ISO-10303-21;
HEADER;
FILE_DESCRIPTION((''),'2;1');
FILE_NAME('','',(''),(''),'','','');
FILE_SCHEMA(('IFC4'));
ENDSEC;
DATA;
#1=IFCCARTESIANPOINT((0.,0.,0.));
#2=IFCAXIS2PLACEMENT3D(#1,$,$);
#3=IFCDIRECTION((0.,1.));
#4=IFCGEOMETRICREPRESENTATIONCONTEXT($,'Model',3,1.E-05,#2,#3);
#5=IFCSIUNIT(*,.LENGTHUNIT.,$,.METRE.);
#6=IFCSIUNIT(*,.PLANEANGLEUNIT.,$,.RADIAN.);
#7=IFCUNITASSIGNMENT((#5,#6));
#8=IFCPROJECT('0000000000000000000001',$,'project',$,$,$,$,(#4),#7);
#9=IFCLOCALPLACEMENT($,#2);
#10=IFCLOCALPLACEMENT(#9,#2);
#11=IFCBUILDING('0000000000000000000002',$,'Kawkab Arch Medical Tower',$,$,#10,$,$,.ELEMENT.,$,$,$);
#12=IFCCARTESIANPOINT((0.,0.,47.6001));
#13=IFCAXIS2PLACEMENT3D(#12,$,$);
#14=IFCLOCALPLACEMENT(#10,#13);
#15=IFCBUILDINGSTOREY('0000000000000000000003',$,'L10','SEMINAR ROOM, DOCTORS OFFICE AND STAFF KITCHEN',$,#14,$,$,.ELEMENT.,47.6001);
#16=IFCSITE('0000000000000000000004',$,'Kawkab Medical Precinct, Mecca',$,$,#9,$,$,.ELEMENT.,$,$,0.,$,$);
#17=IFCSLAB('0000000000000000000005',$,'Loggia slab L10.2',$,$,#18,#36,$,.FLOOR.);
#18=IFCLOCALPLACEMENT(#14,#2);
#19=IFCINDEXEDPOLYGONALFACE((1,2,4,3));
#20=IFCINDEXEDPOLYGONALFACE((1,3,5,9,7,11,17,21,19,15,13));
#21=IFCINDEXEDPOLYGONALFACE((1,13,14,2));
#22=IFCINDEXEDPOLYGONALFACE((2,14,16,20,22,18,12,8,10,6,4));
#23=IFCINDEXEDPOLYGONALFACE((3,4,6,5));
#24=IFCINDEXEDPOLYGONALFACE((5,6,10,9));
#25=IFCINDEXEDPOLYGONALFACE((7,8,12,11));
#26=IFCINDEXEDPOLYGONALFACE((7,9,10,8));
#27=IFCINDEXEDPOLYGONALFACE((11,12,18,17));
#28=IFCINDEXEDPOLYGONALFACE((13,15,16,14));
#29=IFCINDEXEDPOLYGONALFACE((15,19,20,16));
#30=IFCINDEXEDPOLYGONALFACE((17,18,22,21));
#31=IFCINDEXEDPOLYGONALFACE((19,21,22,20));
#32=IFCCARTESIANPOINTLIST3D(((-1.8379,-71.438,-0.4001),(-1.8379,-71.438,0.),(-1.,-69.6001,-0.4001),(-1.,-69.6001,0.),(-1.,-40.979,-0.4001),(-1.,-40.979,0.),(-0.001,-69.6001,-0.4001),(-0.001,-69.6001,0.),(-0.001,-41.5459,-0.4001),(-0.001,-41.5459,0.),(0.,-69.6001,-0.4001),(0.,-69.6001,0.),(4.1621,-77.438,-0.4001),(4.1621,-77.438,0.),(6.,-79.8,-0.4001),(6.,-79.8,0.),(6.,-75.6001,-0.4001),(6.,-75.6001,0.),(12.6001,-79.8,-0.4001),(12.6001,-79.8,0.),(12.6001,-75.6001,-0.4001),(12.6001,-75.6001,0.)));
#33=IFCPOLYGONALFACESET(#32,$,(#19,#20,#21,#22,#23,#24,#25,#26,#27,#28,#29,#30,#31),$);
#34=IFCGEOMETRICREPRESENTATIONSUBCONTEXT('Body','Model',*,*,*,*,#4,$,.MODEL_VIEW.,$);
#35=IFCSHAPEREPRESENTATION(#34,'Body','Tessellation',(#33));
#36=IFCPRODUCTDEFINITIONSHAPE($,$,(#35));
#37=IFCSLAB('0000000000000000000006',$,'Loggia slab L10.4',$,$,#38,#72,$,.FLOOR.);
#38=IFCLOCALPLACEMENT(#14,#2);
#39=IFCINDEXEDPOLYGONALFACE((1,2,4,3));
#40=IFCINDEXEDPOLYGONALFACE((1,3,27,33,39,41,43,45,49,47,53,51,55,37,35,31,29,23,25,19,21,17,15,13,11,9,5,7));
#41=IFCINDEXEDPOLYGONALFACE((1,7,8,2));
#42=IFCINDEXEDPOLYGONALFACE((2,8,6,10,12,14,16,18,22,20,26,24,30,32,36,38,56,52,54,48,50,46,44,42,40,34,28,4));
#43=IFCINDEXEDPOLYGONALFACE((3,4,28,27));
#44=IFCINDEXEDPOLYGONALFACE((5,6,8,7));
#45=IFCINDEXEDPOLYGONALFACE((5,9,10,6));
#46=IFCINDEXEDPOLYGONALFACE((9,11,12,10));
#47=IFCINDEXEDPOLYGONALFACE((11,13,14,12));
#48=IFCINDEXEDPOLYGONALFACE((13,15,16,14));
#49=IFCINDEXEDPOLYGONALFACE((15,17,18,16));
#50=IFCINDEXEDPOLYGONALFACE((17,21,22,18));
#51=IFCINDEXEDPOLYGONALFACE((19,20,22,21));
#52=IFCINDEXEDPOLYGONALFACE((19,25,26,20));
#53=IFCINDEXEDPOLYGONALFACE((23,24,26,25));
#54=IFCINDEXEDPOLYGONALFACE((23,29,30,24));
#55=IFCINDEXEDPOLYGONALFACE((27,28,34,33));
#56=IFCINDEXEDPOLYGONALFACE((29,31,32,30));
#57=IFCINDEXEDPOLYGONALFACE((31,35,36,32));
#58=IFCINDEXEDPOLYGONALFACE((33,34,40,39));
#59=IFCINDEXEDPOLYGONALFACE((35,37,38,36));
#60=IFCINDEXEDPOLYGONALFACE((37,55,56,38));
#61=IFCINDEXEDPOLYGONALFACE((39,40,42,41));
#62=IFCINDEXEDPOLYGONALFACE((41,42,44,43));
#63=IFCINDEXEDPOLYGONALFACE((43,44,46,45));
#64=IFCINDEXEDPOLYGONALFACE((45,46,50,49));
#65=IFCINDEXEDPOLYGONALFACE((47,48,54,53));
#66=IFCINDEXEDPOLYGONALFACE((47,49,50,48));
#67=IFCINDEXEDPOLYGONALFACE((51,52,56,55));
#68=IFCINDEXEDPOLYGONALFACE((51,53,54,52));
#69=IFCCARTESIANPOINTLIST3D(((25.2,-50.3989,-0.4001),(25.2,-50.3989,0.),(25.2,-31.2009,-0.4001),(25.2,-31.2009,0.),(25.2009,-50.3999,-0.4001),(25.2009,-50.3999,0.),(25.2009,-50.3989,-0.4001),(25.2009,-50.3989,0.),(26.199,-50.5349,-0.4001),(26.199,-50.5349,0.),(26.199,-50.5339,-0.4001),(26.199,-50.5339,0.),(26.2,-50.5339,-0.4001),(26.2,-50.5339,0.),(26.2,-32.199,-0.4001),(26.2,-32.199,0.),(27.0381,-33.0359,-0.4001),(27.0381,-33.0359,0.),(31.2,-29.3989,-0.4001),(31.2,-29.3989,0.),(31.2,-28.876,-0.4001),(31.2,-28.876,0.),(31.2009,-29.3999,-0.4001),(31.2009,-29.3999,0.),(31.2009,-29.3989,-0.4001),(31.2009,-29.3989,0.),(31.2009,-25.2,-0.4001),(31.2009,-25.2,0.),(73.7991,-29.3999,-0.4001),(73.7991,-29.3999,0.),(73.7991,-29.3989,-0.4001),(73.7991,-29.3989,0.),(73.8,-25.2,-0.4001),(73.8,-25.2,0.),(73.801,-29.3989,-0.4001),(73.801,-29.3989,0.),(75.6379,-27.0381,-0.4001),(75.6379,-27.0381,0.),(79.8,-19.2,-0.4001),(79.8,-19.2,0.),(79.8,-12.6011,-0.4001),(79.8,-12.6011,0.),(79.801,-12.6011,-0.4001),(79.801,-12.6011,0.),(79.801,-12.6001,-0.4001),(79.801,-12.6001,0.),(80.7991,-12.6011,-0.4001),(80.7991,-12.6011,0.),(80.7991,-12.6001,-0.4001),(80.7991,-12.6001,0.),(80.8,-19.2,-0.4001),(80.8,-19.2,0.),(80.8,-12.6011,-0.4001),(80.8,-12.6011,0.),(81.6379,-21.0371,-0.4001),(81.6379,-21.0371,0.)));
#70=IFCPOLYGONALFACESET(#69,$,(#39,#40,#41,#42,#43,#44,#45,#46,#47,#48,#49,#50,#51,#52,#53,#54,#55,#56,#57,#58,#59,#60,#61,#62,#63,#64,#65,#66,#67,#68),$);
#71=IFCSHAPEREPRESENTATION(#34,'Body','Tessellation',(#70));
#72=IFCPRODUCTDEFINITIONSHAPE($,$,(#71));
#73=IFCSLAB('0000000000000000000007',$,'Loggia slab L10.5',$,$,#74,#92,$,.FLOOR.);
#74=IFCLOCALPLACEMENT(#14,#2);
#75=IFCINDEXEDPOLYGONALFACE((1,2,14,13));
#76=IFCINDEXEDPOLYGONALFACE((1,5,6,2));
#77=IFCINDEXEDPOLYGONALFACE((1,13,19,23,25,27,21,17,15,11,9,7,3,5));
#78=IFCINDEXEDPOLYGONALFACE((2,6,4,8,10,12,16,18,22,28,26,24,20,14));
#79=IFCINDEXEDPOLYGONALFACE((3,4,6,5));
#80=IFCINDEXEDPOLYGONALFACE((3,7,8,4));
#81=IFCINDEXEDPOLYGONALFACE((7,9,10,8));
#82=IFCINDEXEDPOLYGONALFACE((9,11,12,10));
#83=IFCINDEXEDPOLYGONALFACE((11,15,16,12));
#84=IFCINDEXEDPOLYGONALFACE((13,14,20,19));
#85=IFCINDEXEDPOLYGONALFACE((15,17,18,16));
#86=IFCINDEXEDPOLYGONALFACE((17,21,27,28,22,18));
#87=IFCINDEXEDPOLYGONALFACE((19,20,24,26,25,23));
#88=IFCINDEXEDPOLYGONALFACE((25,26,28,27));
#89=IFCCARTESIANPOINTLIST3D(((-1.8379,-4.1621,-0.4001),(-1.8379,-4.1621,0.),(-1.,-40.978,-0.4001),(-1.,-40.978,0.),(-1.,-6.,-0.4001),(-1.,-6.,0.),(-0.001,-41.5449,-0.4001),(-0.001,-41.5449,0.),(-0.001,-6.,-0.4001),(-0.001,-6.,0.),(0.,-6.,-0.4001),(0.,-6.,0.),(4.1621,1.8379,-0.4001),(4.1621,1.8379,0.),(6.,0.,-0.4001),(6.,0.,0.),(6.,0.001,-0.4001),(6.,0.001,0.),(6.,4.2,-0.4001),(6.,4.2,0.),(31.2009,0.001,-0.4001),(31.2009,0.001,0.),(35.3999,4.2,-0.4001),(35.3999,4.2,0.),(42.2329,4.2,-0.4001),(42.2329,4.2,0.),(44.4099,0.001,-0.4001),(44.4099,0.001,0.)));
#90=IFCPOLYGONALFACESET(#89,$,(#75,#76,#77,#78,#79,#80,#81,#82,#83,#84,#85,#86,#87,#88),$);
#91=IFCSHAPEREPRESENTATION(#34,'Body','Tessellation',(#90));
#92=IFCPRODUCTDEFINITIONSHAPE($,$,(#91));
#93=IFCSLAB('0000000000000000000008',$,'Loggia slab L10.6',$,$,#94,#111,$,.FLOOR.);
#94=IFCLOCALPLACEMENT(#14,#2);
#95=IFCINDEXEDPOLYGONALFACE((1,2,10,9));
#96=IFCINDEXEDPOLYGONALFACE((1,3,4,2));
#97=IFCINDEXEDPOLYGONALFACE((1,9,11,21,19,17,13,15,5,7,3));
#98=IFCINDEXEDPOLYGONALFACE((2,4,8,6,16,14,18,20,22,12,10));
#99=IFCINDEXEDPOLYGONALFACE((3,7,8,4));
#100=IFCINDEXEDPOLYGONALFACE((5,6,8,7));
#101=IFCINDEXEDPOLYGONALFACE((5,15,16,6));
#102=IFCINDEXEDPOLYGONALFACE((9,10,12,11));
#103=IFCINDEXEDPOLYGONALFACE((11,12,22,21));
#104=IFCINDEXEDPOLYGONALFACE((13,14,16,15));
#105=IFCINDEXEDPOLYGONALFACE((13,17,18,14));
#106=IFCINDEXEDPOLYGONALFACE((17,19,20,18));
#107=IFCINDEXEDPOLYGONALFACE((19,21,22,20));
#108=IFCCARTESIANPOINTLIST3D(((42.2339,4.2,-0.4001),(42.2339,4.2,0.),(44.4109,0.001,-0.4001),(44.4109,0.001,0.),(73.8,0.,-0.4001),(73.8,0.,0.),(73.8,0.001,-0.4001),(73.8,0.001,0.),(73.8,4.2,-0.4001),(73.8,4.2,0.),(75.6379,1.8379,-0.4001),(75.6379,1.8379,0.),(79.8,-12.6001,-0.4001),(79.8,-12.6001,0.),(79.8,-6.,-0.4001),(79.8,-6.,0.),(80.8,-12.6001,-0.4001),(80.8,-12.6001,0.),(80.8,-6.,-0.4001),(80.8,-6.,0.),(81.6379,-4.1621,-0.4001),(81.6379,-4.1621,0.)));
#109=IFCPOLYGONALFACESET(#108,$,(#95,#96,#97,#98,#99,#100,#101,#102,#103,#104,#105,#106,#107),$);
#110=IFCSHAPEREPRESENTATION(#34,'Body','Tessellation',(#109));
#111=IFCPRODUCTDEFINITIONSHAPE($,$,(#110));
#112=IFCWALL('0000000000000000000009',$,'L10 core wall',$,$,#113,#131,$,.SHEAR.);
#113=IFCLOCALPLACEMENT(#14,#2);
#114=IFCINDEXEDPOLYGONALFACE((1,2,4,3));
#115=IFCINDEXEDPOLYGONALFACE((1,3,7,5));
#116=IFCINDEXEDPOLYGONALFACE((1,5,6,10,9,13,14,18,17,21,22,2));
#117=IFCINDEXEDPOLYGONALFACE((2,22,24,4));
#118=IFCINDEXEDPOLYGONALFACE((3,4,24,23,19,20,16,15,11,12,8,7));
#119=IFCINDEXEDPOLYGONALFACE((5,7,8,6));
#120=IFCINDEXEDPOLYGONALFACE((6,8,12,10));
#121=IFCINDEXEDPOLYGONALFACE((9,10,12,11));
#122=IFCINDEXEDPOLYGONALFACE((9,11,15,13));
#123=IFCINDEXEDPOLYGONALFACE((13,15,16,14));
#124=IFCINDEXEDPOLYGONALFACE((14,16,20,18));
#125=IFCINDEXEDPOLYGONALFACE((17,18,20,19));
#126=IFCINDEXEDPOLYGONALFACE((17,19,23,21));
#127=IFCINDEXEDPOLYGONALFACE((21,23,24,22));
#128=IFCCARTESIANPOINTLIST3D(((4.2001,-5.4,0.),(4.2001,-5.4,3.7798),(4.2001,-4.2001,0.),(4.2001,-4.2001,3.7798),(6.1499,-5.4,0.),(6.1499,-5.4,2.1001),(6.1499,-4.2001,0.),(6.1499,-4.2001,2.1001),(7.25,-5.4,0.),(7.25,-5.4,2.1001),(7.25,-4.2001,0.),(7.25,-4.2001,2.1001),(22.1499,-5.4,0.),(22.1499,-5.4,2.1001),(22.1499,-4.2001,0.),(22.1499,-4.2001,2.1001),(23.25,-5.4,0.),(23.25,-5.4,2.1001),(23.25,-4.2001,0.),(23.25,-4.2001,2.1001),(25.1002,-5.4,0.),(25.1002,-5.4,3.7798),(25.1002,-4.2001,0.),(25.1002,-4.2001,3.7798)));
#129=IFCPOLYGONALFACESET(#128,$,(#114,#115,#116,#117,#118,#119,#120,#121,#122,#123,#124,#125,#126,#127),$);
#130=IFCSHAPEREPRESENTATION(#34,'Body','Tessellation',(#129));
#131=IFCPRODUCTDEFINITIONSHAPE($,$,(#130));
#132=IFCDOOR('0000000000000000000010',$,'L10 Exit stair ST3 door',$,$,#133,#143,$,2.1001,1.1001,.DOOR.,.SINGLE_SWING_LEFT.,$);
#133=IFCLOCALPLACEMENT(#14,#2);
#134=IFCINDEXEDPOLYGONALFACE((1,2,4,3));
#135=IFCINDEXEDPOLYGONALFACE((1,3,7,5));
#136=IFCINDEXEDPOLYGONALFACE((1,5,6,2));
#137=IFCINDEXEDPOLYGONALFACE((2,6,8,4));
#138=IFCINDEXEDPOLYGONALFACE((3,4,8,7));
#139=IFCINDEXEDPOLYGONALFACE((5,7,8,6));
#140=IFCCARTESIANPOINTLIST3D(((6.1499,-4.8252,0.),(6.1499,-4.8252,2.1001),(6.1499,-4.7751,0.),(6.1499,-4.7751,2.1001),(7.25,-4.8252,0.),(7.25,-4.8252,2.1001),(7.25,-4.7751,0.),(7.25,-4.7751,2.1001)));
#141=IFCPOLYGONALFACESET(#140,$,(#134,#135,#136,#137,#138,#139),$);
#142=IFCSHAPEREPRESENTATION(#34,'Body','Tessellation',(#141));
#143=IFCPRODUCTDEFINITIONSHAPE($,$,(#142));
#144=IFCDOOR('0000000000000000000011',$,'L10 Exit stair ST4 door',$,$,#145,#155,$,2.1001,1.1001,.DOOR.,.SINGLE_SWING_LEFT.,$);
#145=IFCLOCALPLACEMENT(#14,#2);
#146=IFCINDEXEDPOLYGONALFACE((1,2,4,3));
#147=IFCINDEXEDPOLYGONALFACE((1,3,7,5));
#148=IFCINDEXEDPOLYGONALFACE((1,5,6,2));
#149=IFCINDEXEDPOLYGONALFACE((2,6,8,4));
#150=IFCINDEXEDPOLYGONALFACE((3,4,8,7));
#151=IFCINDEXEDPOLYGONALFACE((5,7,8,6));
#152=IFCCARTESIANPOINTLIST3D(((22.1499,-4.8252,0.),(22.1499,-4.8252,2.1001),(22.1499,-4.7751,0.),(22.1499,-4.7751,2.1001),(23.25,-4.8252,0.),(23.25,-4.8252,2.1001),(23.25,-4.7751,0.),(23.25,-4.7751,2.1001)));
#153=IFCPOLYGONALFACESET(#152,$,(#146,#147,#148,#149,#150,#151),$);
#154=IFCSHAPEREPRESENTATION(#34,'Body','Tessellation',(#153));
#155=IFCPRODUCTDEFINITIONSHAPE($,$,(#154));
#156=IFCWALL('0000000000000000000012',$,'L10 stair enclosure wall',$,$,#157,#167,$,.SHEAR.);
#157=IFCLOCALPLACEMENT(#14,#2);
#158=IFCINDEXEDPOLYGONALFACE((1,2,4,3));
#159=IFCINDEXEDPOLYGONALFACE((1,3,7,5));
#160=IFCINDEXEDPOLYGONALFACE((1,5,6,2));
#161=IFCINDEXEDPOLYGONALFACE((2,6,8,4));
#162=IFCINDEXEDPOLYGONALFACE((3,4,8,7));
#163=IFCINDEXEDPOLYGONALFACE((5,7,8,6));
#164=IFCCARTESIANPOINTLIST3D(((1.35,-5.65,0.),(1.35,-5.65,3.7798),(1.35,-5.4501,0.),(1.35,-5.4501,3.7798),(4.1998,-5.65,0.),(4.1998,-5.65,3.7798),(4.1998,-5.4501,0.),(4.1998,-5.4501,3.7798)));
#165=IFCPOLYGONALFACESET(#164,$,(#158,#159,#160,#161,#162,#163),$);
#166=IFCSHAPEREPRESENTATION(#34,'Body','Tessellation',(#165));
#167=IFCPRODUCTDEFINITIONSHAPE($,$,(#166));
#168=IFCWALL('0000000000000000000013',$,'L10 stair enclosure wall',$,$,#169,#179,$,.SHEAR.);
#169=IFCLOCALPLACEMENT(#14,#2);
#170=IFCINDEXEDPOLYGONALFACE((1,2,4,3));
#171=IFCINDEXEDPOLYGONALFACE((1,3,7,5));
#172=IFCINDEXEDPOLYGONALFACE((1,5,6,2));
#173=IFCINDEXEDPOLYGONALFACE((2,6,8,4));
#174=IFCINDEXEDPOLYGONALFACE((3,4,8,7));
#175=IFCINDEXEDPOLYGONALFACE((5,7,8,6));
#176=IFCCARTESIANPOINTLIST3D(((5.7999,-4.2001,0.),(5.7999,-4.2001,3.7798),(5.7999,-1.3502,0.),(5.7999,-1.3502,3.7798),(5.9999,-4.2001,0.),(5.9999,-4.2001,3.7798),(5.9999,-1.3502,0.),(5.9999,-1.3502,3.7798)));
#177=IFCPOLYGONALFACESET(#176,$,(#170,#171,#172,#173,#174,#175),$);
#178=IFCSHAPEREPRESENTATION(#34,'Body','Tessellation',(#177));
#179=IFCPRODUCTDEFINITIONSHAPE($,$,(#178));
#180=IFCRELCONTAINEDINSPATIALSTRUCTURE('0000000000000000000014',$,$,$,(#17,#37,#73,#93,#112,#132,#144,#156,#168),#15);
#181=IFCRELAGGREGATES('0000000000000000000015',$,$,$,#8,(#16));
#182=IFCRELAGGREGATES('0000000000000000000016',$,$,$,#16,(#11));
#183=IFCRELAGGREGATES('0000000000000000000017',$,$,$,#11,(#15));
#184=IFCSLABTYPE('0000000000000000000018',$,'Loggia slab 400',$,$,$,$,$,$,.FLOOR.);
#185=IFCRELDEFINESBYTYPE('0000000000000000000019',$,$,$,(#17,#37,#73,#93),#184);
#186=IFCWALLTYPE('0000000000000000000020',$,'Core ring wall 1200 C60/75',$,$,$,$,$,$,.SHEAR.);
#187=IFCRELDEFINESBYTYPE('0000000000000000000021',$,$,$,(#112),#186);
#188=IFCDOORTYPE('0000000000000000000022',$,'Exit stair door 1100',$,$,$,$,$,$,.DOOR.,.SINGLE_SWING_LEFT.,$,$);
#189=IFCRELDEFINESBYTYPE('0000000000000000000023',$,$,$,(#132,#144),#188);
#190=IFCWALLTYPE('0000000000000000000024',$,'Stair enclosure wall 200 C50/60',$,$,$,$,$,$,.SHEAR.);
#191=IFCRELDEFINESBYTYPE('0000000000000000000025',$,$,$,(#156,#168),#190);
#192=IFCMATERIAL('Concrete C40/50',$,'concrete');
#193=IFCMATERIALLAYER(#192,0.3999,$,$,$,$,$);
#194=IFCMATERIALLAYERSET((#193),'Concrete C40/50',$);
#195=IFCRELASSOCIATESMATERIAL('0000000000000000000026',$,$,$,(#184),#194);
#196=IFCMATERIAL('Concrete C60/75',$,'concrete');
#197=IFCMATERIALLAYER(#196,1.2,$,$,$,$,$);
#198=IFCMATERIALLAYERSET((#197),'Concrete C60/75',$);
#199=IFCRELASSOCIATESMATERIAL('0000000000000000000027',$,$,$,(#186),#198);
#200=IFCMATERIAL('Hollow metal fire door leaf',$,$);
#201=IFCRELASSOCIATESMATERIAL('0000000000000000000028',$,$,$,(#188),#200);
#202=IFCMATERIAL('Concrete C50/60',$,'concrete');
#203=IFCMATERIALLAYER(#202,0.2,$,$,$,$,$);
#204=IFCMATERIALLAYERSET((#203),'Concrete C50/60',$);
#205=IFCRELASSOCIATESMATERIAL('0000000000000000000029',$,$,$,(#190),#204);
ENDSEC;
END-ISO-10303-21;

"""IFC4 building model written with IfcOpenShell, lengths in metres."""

from ifc_helpers import new_model, si_unit, direction, frame, frame_2d, origin, place, context, subcontext, project, spatial, polyline, rectangle, outline, extrude, material, layer, layer_set, type_object, element, fill, save


model = new_model("IFC4")

# Units and contexts
model_context = context("Model", 3, precision=1e-05, world=origin(), true_north=direction((0.0, 1.0)))
body_context = subcontext(model_context, "Body", "Model", "MODEL_VIEW")
ifc_project = project(units=[si_unit("LENGTHUNIT", "METRE"), si_unit("PLANEANGLEUNIT", "RADIAN")], contexts=[model_context])

# Site, building, storey
site_placement = place(None, origin())
site = spatial("IfcSite", under=ifc_project, at=site_placement, Name="Kawkab Medical Precinct, Mecca", CompositionType="ELEMENT", RefElevation=0.0)
building_placement = place(site_placement, origin())
building = spatial("IfcBuilding", under=site, at=building_placement, Name="Kawkab Arch Medical Tower", CompositionType="ELEMENT")
storey_placement = place(building_placement, frame((0.0, 0.0, 47.6001)))
storey = spatial("IfcBuildingStorey", under=building, at=storey_placement, Name="L10", Description="SEMINAR ROOM, DOCTORS OFFICE AND STAFF KITCHEN", CompositionType="ELEMENT", Elevation=47.6001)

# Slabs
ifc_material_1 = material(Name="Concrete C40/50", Category="concrete")
ifc_layer_1 = layer(ifc_material_1, 0.3999)
ifc_layer_set_1 = layer_set([ifc_layer_1], Name="Concrete C40/50")
slab_type_1 = type_object("IfcSlabType", Name="Loggia slab 400", PredefinedType="FLOOR", material=ifc_layer_set_1)
placement_1 = place(storey_placement, frame((0.0, 0.0, -0.4001)))
element("IfcSlab", 1, at=placement_1, inside=storey, type_object=slab_type_1, Name="Loggia slab L10.2", PredefinedType="FLOOR", context=body_context, shape_type="SweptSolid", body=[
    extrude(outline(polyline([(4.1621, -77.438), (-1.8379, -71.438), (-1.0, -69.6001), (-1.0, -40.979), (-0.001, -41.5459), (-0.001, -69.6001), (0.0, -69.6001), (6.0, -75.6001), (12.6001, -75.6001), (12.6001, -79.8), (6.0, -79.8), (4.1621, -77.438)])), origin(), (0.0, 0.0, 1.0), 0.4001),
])
element("IfcSlab", 2, at=placement_1, inside=storey, type_object=slab_type_1, Name="Loggia slab L10.4", PredefinedType="FLOOR", context=body_context, shape_type="SweptSolid", body=[
    extrude(outline(polyline([(25.2009, -50.3999), (25.2009, -50.3989), (25.2, -50.3989), (25.2, -31.2009), (31.2009, -25.2), (73.8, -25.2), (79.8, -19.2), (79.8, -12.6011), (79.801, -12.6011), (79.801, -12.6001), (80.7991, -12.6001), (80.7991, -12.6011), (80.8, -12.6011), (80.8, -19.2), (81.6379, -21.0371), (75.6379, -27.0381), (73.801, -29.3989), (73.7991, -29.3989), (73.7991, -29.3999), (31.2009, -29.3999), (31.2009, -29.3989), (31.2, -29.3989), (31.2, -28.876), (27.0381, -33.0359), (26.2, -32.199), (26.2, -50.5339), (26.199, -50.5339), (26.199, -50.5349), (25.2009, -50.3999)])), origin(), (0.0, 0.0, 1.0), 0.4001),
])
element("IfcSlab", 3, at=placement_1, inside=storey, type_object=slab_type_1, Name="Loggia slab L10.5", PredefinedType="FLOOR", context=body_context, shape_type="SweptSolid", body=[
    extrude(outline(polyline([(4.1621, 1.8379), (6.0, 4.2), (35.3999, 4.2), (42.2329, 4.2), (44.4099, 0.001), (31.2009, 0.001), (6.0, 0.001), (6.0, 0.0), (0.0, -6.0), (-0.001, -6.0), (-0.001, -41.5449), (-1.0, -40.978), (-1.0, -6.0), (-1.8379, -4.1621), (4.1621, 1.8379)])), origin(), (0.0, 0.0, 1.0), 0.4001),
])
element("IfcSlab", 4, at=placement_1, inside=storey, type_object=slab_type_1, Name="Loggia slab L10.6", PredefinedType="FLOOR", context=body_context, shape_type="SweptSolid", body=[
    extrude(outline(polyline([(75.6379, 1.8379), (81.6379, -4.1621), (80.8, -6.0), (80.8, -12.6001), (79.8, -12.6001), (79.8, -6.0), (73.8, 0.0), (73.8, 0.001), (44.4109, 0.001), (42.2339, 4.2), (73.8, 4.2), (75.6379, 1.8379)])), origin(), (0.0, 0.0, 1.0), 0.4001),
])

# Wall, openings, doors
ifc_material_2 = material(Name="Concrete C60/75", Category="concrete")
ifc_layer_2 = layer(ifc_material_2, 1.2)
ifc_layer_set_2 = layer_set([ifc_layer_2], Name="Concrete C60/75")
wall_type_1 = type_object("IfcWallType", Name="Core ring wall 1200 C60/75", PredefinedType="SHEAR", material=ifc_layer_set_2)
wall_1_placement = place(storey_placement, frame((4.2, -4.8, 0.0), z_axis=(0.0, 0.0, 1.0), x_axis=(1.0, 0.0, 0.0)))
wall_1 = element("IfcWall", 5, at=wall_1_placement, inside=storey, type_object=wall_type_1, Name="L10 core wall", PredefinedType="SHEAR", context=body_context, shape_type="SweptSolid", body=[
    extrude(rectangle(XDim=20.9001, YDim=1.2, at=frame_2d((10.4502, 0.0))), origin(), (0.0, 0.0, 1.0), 3.7798),
])
opening_1_placement = place(wall_1_placement, frame((1.95, 0.0, 0.0)))
opening_1 = element("IfcOpeningElement", 6, at=opening_1_placement, cuts=wall_1, PredefinedType="OPENING", context=body_context, shape_type="SweptSolid", body=[
    extrude(rectangle(XDim=1.1001, YDim=2.1001, at=frame_2d((0.55, 1.05))), frame((0.0, 0.6099, 0.0), z_axis=(0.0, -1.0, 0.0), x_axis=(1.0, 0.0, 0.0)), (0.0, 0.0, 1.0), 1.22),
])
opening_2_placement = place(wall_1_placement, frame((17.95, 0.0, 0.0)))
opening_2 = element("IfcOpeningElement", 7, at=opening_2_placement, cuts=wall_1, PredefinedType="OPENING", context=body_context, shape_type="SweptSolid", body=[
    extrude(rectangle(XDim=1.1001, YDim=2.1001, at=frame_2d((0.55, 1.05))), frame((0.0, 0.6099, 0.0), z_axis=(0.0, -1.0, 0.0), x_axis=(1.0, 0.0, 0.0)), (0.0, 0.0, 1.0), 1.22),
])
ifc_material_3 = material(Name="Hollow metal fire door leaf")
door_type = type_object("IfcDoorType", Name="Exit stair door 1100", OperationType="SINGLE_SWING_LEFT", PredefinedType="DOOR", material=ifc_material_3)
door_1_placement = place(opening_1_placement, origin())
door_1 = element("IfcDoor", 8, at=door_1_placement, inside=storey, type_object=door_type, Name="L10 Exit stair ST3 door", OperationType="SINGLE_SWING_LEFT", OverallHeight=2.1001, OverallWidth=1.1001, PredefinedType="DOOR", context=body_context, shape_type="SweptSolid", body=[
    extrude(rectangle(XDim=1.1001, YDim=2.1001, at=frame_2d((0.55, 1.05))), frame((0.0, 0.0249, 0.0), z_axis=(0.0, -1.0, 0.0), x_axis=(1.0, 0.0, 0.0)), (0.0, 0.0, 1.0), 0.05),
])
fill(opening_1, door_1)
door_2_placement = place(opening_2_placement, origin())
door_2 = element("IfcDoor", 9, at=door_2_placement, inside=storey, type_object=door_type, Name="L10 Exit stair ST4 door", OperationType="SINGLE_SWING_LEFT", OverallHeight=2.1001, OverallWidth=1.1001, PredefinedType="DOOR", context=body_context, shape_type="SweptSolid", body=[
    extrude(rectangle(XDim=1.1001, YDim=2.1001, at=frame_2d((0.55, 1.05))), frame((0.0, 0.0249, 0.0), z_axis=(0.0, -1.0, 0.0), x_axis=(1.0, 0.0, 0.0)), (0.0, 0.0, 1.0), 0.05),
])
fill(opening_2, door_2)

# Walls
ifc_material_4 = material(Name="Concrete C50/60", Category="concrete")
ifc_layer_3 = layer(ifc_material_4, 0.2)
ifc_layer_set_3 = layer_set([ifc_layer_3], Name="Concrete C50/60")
wall_type_2 = type_object("IfcWallType", Name="Stair enclosure wall 200 C50/60", PredefinedType="SHEAR", material=ifc_layer_set_3)
for number, where, z_axis, x_axis, name in (
    (10, (1.3501, -5.55, 0.0), (0.0, 0.0, 1.0), (1.0, 0.0, 0.0), "L10 stair enclosure wall"),
    (11, (5.8999, -4.2, 0.0), (0.0, 0.0, 1.0), (0.0, 1.0, 0.0), "L10 stair enclosure wall"),
):
    element("IfcWall", number, at=place(storey_placement, frame(where, z_axis=z_axis, x_axis=x_axis)), inside=storey, type_object=wall_type_2, Name=name, PredefinedType="SHEAR", context=body_context, shape_type="SweptSolid", body=[
        extrude(rectangle(XDim=2.8499, YDim=0.2, at=frame_2d((1.4248, 0.0))), origin(), (0.0, 0.0, 1.0), 3.7798),
    ])

save(model, "model.ifc")
